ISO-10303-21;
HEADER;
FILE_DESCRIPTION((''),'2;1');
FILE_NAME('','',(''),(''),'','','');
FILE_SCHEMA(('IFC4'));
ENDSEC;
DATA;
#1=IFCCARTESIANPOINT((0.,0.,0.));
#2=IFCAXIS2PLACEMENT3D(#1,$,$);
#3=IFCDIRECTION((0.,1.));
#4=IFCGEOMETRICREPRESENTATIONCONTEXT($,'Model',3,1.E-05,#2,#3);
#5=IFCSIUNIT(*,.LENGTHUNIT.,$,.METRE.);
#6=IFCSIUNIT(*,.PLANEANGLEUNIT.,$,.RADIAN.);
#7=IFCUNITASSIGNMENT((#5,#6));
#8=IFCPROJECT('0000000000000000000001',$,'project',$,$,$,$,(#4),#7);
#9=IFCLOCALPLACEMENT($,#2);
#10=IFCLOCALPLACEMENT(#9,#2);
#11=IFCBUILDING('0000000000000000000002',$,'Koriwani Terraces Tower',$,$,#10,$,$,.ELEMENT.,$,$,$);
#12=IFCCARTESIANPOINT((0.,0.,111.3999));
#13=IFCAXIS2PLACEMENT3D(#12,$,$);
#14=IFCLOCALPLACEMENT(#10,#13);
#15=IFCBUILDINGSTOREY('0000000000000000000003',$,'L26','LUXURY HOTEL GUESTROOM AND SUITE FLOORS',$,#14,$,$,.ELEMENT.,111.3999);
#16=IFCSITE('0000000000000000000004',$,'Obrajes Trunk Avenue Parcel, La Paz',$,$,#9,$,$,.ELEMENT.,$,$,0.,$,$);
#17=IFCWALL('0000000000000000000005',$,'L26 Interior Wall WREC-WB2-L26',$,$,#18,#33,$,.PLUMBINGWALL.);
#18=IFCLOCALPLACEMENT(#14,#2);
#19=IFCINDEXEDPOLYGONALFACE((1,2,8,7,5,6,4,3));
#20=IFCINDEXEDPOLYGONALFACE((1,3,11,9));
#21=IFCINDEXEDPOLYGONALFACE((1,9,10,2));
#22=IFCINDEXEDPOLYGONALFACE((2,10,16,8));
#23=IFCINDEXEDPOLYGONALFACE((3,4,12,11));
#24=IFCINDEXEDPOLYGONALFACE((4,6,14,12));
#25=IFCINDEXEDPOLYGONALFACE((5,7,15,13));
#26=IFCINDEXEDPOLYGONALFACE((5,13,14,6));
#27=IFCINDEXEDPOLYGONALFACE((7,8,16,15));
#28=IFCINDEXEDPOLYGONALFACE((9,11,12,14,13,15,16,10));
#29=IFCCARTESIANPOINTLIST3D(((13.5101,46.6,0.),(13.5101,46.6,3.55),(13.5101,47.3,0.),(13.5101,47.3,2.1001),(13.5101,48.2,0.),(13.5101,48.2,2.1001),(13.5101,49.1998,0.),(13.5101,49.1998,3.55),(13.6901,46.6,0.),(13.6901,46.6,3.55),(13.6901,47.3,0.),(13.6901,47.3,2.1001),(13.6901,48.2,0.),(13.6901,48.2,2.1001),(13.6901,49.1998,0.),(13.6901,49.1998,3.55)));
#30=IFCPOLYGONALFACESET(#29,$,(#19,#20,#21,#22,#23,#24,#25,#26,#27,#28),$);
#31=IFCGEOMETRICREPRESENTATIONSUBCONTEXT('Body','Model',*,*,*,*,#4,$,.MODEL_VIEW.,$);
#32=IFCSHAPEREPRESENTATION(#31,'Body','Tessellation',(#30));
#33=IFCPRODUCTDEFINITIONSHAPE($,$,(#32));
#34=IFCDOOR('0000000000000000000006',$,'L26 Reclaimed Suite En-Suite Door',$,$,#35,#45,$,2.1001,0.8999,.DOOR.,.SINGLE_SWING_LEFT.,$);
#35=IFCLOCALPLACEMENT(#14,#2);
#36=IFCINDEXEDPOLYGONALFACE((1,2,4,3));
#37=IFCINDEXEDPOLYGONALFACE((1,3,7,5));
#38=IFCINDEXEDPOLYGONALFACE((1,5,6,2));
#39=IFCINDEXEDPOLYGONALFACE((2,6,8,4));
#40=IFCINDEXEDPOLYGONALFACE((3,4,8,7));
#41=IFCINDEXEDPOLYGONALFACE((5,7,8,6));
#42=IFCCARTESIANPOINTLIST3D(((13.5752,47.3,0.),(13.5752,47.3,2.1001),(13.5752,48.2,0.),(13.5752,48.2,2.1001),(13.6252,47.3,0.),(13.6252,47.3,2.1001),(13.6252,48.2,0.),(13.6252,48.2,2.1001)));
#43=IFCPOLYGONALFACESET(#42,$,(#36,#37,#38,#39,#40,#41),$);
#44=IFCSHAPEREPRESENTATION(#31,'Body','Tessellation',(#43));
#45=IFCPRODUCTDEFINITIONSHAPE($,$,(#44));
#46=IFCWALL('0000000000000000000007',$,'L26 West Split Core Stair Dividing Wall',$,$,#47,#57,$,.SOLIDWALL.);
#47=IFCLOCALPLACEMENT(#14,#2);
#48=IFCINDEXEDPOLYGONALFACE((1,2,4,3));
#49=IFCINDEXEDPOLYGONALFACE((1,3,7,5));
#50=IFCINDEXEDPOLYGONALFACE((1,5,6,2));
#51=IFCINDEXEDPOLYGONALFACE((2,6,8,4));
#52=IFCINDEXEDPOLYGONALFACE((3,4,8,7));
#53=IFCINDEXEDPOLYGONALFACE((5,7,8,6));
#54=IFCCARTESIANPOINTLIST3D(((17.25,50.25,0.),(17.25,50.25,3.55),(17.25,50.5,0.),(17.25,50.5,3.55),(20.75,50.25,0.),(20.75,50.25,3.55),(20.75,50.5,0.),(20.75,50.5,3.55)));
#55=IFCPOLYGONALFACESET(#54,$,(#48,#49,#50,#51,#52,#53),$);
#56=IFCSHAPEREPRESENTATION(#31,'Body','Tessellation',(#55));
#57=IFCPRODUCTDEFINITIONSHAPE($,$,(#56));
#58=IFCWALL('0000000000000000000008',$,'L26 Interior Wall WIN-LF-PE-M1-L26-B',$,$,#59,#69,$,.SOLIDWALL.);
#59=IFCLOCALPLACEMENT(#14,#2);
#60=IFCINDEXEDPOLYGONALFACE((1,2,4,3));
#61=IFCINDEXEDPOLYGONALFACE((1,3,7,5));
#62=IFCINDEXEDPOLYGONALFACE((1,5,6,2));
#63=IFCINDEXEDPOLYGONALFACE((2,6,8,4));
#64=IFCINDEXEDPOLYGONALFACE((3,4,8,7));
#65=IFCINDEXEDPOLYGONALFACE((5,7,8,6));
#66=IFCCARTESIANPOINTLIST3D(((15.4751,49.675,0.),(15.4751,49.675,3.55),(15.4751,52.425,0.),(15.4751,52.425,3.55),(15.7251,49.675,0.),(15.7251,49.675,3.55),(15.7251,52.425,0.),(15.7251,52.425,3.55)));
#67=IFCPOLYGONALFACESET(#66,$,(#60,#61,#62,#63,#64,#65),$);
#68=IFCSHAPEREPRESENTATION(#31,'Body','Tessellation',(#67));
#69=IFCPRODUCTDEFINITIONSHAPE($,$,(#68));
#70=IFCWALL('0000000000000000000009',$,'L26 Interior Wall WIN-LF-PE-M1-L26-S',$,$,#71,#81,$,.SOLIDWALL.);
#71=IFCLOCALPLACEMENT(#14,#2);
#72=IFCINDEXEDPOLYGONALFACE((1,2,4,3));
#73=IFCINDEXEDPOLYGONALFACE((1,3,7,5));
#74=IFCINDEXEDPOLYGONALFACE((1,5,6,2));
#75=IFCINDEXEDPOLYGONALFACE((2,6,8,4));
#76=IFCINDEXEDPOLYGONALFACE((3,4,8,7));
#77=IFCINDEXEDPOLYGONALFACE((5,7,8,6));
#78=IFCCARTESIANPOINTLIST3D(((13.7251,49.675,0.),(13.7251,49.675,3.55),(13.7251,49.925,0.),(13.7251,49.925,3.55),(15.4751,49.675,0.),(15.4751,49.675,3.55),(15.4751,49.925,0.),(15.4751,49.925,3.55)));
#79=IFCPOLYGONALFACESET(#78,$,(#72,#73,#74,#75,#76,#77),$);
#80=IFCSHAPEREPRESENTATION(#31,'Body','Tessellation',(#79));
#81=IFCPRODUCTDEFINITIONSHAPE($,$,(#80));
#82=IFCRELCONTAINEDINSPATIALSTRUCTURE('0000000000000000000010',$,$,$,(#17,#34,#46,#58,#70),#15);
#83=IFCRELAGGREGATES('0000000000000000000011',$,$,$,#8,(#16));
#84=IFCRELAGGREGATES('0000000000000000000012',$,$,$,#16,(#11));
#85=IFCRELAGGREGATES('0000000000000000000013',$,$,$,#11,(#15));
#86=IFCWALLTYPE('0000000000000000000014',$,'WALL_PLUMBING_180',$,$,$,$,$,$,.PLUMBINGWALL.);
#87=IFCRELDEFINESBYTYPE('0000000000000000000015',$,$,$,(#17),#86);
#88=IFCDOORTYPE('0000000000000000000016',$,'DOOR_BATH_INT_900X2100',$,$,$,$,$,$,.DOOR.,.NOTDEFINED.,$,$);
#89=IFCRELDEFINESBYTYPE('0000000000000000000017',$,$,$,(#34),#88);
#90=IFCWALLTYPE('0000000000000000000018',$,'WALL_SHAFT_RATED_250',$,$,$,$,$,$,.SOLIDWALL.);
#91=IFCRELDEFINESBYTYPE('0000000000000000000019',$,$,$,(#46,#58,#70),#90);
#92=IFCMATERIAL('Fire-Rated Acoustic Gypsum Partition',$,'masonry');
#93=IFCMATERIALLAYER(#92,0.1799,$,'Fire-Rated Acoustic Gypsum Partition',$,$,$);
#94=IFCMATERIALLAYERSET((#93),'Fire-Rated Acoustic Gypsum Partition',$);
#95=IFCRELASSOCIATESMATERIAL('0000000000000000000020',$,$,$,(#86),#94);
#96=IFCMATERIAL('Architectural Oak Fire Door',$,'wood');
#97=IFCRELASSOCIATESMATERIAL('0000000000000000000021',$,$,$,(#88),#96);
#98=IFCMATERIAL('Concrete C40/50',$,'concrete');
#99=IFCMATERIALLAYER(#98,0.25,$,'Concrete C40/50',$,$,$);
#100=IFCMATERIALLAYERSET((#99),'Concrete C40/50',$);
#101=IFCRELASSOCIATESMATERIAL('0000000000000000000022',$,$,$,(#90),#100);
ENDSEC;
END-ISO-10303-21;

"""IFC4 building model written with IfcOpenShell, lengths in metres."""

from ifc_helpers import new_model, si_unit, direction, frame, frame_2d, origin, place, context, subcontext, project, spatial, rectangle, extrude, material, layer, layer_set, type_object, element, fill, save


model = new_model("IFC4")

# Units and contexts
model_context = context("Model", 3, precision=1e-05, world=origin(), true_north=direction((0.0, 1.0)))
body_context = subcontext(model_context, "Body", "Model", "MODEL_VIEW")
ifc_project = project(units=[si_unit("LENGTHUNIT", "METRE"), si_unit("PLANEANGLEUNIT", "RADIAN")], contexts=[model_context])

# Site, building, storey
site_placement = place(None, origin())
site = spatial("IfcSite", under=ifc_project, at=site_placement, Name="Obrajes Trunk Avenue Parcel, La Paz", CompositionType="ELEMENT", RefElevation=0.0)
building_placement = place(site_placement, origin())
building = spatial("IfcBuilding", under=site, at=building_placement, Name="Koriwani Terraces Tower", CompositionType="ELEMENT")
storey_placement = place(building_placement, frame((0.0, 0.0, 111.3999)))
storey = spatial("IfcBuildingStorey", under=building, at=storey_placement, Name="L26", Description="LUXURY HOTEL GUESTROOM AND SUITE FLOORS", CompositionType="ELEMENT", Elevation=111.3999)

# Shared definitions
ifc_material_1 = material(Name="Concrete C40/50", Category="concrete")

# Shared definitions
ifc_material_2 = material(Name="Architectural Oak Fire Door", Category="wood")

# Shared definitions
ifc_material_3 = material(Name="Fire-Rated Acoustic Gypsum Partition", Category="masonry")
ifc_layer_1 = layer(ifc_material_3, 0.1799, Name="Fire-Rated Acoustic Gypsum Partition")
ifc_layer_set_1 = layer_set([ifc_layer_1], Name="Fire-Rated Acoustic Gypsum Partition")
wall_type_1 = type_object("IfcWallType", Name="WALL_PLUMBING_180", PredefinedType="PLUMBINGWALL", material=ifc_layer_set_1)

# Wall, opening, door
wall_1_placement = place(storey_placement, frame((13.6001, 46.6001, 0.0), z_axis=(0.0, 0.0, 1.0), x_axis=(0.0, 1.0, 0.0)))
wall_1 = element("IfcWall", 1, at=wall_1_placement, inside=storey, type_object=wall_type_1, Name="L26 Interior Wall WREC-WB2-L26", PredefinedType="PLUMBINGWALL", context=body_context, shape_type="SweptSolid", body=[
    extrude(rectangle(XDim=2.5999, YDim=0.1799, at=frame_2d((1.2998, 0.0))), origin(), (0.0, 0.0, 1.0), 3.55),
])
opening_1_placement = place(wall_1_placement, frame((0.7, 0.0, 0.0)))
opening_1 = element("IfcOpeningElement", 2, at=opening_1_placement, cuts=wall_1, PredefinedType="OPENING", context=body_context, shape_type="SweptSolid", body=[
    extrude(rectangle(XDim=0.8999, YDim=2.1001, at=frame_2d((0.45, 1.05))), frame((0.0, 0.1001, 0.0), z_axis=(0.0, -1.0, 0.0), x_axis=(1.0, 0.0, 0.0)), (0.0, 0.0, 1.0), 0.2),
])
door_type_1 = type_object("IfcDoorType", Name="DOOR_BATH_INT_900X2100", OperationType="NOTDEFINED", PredefinedType="DOOR", material=ifc_material_2)
door_1_placement = place(opening_1_placement, origin())
door_1 = element("IfcDoor", 3, at=door_1_placement, inside=storey, type_object=door_type_1, Name="L26 Reclaimed Suite En-Suite Door", OperationType="SINGLE_SWING_LEFT", OverallHeight=2.1001, OverallWidth=0.8999, PredefinedType="DOOR", context=body_context, shape_type="SweptSolid", body=[
    extrude(rectangle(XDim=0.8999, YDim=2.1001, at=frame_2d((0.45, 1.05))), frame((0.0, 0.0249, 0.0), z_axis=(0.0, -1.0, 0.0), x_axis=(1.0, 0.0, 0.0)), (0.0, 0.0, 1.0), 0.05),
])
fill(opening_1, door_1)

# Wall
ifc_layer_2 = layer(ifc_material_1, 0.25, Name="Concrete C40/50")
ifc_layer_set_2 = layer_set([ifc_layer_2], Name="Concrete C40/50")
wall_type_2 = type_object("IfcWallType", Name="WALL_SHAFT_RATED_250", PredefinedType="SOLIDWALL", material=ifc_layer_set_2)
wall_2_placement = place(storey_placement, frame((17.25, 50.375, 0.0), z_axis=(0.0, 0.0, 1.0), x_axis=(1.0, 0.0, 0.0)))
element("IfcWall", 4, at=wall_2_placement, inside=storey, type_object=wall_type_2, Name="L26 West Split Core Stair Dividing Wall", PredefinedType="SOLIDWALL", context=body_context, shape_type="SweptSolid", body=[
    extrude(rectangle(XDim=3.5, YDim=0.25, at=frame_2d((1.75, 0.0))), origin(), (0.0, 0.0, 1.0), 3.55),
])

# Walls
wall_3_placement = place(storey_placement, frame((15.6001, 49.675, 0.0), z_axis=(0.0, 0.0, 1.0), x_axis=(0.0, 1.0, 0.0)))
element("IfcWall", 5, at=wall_3_placement, inside=storey, type_object=wall_type_2, Name="L26 Interior Wall WIN-LF-PE-M1-L26-B", PredefinedType="SOLIDWALL", context=body_context, shape_type="SweptSolid", body=[
    extrude(rectangle(XDim=2.75, YDim=0.25, at=frame_2d((1.375, 0.0))), origin(), (0.0, 0.0, 1.0), 3.55),
])
wall_4_placement = place(storey_placement, frame((13.7251, 49.8, 0.0), z_axis=(0.0, 0.0, 1.0), x_axis=(1.0, 0.0, 0.0)))
element("IfcWall", 6, at=wall_4_placement, inside=storey, type_object=wall_type_2, Name="L26 Interior Wall WIN-LF-PE-M1-L26-S", PredefinedType="SOLIDWALL", context=body_context, shape_type="SweptSolid", body=[
    extrude(rectangle(XDim=1.75, YDim=0.25, at=frame_2d((0.875, 0.0))), origin(), (0.0, 0.0, 1.0), 3.55),
])

save(model, "model.ifc")
